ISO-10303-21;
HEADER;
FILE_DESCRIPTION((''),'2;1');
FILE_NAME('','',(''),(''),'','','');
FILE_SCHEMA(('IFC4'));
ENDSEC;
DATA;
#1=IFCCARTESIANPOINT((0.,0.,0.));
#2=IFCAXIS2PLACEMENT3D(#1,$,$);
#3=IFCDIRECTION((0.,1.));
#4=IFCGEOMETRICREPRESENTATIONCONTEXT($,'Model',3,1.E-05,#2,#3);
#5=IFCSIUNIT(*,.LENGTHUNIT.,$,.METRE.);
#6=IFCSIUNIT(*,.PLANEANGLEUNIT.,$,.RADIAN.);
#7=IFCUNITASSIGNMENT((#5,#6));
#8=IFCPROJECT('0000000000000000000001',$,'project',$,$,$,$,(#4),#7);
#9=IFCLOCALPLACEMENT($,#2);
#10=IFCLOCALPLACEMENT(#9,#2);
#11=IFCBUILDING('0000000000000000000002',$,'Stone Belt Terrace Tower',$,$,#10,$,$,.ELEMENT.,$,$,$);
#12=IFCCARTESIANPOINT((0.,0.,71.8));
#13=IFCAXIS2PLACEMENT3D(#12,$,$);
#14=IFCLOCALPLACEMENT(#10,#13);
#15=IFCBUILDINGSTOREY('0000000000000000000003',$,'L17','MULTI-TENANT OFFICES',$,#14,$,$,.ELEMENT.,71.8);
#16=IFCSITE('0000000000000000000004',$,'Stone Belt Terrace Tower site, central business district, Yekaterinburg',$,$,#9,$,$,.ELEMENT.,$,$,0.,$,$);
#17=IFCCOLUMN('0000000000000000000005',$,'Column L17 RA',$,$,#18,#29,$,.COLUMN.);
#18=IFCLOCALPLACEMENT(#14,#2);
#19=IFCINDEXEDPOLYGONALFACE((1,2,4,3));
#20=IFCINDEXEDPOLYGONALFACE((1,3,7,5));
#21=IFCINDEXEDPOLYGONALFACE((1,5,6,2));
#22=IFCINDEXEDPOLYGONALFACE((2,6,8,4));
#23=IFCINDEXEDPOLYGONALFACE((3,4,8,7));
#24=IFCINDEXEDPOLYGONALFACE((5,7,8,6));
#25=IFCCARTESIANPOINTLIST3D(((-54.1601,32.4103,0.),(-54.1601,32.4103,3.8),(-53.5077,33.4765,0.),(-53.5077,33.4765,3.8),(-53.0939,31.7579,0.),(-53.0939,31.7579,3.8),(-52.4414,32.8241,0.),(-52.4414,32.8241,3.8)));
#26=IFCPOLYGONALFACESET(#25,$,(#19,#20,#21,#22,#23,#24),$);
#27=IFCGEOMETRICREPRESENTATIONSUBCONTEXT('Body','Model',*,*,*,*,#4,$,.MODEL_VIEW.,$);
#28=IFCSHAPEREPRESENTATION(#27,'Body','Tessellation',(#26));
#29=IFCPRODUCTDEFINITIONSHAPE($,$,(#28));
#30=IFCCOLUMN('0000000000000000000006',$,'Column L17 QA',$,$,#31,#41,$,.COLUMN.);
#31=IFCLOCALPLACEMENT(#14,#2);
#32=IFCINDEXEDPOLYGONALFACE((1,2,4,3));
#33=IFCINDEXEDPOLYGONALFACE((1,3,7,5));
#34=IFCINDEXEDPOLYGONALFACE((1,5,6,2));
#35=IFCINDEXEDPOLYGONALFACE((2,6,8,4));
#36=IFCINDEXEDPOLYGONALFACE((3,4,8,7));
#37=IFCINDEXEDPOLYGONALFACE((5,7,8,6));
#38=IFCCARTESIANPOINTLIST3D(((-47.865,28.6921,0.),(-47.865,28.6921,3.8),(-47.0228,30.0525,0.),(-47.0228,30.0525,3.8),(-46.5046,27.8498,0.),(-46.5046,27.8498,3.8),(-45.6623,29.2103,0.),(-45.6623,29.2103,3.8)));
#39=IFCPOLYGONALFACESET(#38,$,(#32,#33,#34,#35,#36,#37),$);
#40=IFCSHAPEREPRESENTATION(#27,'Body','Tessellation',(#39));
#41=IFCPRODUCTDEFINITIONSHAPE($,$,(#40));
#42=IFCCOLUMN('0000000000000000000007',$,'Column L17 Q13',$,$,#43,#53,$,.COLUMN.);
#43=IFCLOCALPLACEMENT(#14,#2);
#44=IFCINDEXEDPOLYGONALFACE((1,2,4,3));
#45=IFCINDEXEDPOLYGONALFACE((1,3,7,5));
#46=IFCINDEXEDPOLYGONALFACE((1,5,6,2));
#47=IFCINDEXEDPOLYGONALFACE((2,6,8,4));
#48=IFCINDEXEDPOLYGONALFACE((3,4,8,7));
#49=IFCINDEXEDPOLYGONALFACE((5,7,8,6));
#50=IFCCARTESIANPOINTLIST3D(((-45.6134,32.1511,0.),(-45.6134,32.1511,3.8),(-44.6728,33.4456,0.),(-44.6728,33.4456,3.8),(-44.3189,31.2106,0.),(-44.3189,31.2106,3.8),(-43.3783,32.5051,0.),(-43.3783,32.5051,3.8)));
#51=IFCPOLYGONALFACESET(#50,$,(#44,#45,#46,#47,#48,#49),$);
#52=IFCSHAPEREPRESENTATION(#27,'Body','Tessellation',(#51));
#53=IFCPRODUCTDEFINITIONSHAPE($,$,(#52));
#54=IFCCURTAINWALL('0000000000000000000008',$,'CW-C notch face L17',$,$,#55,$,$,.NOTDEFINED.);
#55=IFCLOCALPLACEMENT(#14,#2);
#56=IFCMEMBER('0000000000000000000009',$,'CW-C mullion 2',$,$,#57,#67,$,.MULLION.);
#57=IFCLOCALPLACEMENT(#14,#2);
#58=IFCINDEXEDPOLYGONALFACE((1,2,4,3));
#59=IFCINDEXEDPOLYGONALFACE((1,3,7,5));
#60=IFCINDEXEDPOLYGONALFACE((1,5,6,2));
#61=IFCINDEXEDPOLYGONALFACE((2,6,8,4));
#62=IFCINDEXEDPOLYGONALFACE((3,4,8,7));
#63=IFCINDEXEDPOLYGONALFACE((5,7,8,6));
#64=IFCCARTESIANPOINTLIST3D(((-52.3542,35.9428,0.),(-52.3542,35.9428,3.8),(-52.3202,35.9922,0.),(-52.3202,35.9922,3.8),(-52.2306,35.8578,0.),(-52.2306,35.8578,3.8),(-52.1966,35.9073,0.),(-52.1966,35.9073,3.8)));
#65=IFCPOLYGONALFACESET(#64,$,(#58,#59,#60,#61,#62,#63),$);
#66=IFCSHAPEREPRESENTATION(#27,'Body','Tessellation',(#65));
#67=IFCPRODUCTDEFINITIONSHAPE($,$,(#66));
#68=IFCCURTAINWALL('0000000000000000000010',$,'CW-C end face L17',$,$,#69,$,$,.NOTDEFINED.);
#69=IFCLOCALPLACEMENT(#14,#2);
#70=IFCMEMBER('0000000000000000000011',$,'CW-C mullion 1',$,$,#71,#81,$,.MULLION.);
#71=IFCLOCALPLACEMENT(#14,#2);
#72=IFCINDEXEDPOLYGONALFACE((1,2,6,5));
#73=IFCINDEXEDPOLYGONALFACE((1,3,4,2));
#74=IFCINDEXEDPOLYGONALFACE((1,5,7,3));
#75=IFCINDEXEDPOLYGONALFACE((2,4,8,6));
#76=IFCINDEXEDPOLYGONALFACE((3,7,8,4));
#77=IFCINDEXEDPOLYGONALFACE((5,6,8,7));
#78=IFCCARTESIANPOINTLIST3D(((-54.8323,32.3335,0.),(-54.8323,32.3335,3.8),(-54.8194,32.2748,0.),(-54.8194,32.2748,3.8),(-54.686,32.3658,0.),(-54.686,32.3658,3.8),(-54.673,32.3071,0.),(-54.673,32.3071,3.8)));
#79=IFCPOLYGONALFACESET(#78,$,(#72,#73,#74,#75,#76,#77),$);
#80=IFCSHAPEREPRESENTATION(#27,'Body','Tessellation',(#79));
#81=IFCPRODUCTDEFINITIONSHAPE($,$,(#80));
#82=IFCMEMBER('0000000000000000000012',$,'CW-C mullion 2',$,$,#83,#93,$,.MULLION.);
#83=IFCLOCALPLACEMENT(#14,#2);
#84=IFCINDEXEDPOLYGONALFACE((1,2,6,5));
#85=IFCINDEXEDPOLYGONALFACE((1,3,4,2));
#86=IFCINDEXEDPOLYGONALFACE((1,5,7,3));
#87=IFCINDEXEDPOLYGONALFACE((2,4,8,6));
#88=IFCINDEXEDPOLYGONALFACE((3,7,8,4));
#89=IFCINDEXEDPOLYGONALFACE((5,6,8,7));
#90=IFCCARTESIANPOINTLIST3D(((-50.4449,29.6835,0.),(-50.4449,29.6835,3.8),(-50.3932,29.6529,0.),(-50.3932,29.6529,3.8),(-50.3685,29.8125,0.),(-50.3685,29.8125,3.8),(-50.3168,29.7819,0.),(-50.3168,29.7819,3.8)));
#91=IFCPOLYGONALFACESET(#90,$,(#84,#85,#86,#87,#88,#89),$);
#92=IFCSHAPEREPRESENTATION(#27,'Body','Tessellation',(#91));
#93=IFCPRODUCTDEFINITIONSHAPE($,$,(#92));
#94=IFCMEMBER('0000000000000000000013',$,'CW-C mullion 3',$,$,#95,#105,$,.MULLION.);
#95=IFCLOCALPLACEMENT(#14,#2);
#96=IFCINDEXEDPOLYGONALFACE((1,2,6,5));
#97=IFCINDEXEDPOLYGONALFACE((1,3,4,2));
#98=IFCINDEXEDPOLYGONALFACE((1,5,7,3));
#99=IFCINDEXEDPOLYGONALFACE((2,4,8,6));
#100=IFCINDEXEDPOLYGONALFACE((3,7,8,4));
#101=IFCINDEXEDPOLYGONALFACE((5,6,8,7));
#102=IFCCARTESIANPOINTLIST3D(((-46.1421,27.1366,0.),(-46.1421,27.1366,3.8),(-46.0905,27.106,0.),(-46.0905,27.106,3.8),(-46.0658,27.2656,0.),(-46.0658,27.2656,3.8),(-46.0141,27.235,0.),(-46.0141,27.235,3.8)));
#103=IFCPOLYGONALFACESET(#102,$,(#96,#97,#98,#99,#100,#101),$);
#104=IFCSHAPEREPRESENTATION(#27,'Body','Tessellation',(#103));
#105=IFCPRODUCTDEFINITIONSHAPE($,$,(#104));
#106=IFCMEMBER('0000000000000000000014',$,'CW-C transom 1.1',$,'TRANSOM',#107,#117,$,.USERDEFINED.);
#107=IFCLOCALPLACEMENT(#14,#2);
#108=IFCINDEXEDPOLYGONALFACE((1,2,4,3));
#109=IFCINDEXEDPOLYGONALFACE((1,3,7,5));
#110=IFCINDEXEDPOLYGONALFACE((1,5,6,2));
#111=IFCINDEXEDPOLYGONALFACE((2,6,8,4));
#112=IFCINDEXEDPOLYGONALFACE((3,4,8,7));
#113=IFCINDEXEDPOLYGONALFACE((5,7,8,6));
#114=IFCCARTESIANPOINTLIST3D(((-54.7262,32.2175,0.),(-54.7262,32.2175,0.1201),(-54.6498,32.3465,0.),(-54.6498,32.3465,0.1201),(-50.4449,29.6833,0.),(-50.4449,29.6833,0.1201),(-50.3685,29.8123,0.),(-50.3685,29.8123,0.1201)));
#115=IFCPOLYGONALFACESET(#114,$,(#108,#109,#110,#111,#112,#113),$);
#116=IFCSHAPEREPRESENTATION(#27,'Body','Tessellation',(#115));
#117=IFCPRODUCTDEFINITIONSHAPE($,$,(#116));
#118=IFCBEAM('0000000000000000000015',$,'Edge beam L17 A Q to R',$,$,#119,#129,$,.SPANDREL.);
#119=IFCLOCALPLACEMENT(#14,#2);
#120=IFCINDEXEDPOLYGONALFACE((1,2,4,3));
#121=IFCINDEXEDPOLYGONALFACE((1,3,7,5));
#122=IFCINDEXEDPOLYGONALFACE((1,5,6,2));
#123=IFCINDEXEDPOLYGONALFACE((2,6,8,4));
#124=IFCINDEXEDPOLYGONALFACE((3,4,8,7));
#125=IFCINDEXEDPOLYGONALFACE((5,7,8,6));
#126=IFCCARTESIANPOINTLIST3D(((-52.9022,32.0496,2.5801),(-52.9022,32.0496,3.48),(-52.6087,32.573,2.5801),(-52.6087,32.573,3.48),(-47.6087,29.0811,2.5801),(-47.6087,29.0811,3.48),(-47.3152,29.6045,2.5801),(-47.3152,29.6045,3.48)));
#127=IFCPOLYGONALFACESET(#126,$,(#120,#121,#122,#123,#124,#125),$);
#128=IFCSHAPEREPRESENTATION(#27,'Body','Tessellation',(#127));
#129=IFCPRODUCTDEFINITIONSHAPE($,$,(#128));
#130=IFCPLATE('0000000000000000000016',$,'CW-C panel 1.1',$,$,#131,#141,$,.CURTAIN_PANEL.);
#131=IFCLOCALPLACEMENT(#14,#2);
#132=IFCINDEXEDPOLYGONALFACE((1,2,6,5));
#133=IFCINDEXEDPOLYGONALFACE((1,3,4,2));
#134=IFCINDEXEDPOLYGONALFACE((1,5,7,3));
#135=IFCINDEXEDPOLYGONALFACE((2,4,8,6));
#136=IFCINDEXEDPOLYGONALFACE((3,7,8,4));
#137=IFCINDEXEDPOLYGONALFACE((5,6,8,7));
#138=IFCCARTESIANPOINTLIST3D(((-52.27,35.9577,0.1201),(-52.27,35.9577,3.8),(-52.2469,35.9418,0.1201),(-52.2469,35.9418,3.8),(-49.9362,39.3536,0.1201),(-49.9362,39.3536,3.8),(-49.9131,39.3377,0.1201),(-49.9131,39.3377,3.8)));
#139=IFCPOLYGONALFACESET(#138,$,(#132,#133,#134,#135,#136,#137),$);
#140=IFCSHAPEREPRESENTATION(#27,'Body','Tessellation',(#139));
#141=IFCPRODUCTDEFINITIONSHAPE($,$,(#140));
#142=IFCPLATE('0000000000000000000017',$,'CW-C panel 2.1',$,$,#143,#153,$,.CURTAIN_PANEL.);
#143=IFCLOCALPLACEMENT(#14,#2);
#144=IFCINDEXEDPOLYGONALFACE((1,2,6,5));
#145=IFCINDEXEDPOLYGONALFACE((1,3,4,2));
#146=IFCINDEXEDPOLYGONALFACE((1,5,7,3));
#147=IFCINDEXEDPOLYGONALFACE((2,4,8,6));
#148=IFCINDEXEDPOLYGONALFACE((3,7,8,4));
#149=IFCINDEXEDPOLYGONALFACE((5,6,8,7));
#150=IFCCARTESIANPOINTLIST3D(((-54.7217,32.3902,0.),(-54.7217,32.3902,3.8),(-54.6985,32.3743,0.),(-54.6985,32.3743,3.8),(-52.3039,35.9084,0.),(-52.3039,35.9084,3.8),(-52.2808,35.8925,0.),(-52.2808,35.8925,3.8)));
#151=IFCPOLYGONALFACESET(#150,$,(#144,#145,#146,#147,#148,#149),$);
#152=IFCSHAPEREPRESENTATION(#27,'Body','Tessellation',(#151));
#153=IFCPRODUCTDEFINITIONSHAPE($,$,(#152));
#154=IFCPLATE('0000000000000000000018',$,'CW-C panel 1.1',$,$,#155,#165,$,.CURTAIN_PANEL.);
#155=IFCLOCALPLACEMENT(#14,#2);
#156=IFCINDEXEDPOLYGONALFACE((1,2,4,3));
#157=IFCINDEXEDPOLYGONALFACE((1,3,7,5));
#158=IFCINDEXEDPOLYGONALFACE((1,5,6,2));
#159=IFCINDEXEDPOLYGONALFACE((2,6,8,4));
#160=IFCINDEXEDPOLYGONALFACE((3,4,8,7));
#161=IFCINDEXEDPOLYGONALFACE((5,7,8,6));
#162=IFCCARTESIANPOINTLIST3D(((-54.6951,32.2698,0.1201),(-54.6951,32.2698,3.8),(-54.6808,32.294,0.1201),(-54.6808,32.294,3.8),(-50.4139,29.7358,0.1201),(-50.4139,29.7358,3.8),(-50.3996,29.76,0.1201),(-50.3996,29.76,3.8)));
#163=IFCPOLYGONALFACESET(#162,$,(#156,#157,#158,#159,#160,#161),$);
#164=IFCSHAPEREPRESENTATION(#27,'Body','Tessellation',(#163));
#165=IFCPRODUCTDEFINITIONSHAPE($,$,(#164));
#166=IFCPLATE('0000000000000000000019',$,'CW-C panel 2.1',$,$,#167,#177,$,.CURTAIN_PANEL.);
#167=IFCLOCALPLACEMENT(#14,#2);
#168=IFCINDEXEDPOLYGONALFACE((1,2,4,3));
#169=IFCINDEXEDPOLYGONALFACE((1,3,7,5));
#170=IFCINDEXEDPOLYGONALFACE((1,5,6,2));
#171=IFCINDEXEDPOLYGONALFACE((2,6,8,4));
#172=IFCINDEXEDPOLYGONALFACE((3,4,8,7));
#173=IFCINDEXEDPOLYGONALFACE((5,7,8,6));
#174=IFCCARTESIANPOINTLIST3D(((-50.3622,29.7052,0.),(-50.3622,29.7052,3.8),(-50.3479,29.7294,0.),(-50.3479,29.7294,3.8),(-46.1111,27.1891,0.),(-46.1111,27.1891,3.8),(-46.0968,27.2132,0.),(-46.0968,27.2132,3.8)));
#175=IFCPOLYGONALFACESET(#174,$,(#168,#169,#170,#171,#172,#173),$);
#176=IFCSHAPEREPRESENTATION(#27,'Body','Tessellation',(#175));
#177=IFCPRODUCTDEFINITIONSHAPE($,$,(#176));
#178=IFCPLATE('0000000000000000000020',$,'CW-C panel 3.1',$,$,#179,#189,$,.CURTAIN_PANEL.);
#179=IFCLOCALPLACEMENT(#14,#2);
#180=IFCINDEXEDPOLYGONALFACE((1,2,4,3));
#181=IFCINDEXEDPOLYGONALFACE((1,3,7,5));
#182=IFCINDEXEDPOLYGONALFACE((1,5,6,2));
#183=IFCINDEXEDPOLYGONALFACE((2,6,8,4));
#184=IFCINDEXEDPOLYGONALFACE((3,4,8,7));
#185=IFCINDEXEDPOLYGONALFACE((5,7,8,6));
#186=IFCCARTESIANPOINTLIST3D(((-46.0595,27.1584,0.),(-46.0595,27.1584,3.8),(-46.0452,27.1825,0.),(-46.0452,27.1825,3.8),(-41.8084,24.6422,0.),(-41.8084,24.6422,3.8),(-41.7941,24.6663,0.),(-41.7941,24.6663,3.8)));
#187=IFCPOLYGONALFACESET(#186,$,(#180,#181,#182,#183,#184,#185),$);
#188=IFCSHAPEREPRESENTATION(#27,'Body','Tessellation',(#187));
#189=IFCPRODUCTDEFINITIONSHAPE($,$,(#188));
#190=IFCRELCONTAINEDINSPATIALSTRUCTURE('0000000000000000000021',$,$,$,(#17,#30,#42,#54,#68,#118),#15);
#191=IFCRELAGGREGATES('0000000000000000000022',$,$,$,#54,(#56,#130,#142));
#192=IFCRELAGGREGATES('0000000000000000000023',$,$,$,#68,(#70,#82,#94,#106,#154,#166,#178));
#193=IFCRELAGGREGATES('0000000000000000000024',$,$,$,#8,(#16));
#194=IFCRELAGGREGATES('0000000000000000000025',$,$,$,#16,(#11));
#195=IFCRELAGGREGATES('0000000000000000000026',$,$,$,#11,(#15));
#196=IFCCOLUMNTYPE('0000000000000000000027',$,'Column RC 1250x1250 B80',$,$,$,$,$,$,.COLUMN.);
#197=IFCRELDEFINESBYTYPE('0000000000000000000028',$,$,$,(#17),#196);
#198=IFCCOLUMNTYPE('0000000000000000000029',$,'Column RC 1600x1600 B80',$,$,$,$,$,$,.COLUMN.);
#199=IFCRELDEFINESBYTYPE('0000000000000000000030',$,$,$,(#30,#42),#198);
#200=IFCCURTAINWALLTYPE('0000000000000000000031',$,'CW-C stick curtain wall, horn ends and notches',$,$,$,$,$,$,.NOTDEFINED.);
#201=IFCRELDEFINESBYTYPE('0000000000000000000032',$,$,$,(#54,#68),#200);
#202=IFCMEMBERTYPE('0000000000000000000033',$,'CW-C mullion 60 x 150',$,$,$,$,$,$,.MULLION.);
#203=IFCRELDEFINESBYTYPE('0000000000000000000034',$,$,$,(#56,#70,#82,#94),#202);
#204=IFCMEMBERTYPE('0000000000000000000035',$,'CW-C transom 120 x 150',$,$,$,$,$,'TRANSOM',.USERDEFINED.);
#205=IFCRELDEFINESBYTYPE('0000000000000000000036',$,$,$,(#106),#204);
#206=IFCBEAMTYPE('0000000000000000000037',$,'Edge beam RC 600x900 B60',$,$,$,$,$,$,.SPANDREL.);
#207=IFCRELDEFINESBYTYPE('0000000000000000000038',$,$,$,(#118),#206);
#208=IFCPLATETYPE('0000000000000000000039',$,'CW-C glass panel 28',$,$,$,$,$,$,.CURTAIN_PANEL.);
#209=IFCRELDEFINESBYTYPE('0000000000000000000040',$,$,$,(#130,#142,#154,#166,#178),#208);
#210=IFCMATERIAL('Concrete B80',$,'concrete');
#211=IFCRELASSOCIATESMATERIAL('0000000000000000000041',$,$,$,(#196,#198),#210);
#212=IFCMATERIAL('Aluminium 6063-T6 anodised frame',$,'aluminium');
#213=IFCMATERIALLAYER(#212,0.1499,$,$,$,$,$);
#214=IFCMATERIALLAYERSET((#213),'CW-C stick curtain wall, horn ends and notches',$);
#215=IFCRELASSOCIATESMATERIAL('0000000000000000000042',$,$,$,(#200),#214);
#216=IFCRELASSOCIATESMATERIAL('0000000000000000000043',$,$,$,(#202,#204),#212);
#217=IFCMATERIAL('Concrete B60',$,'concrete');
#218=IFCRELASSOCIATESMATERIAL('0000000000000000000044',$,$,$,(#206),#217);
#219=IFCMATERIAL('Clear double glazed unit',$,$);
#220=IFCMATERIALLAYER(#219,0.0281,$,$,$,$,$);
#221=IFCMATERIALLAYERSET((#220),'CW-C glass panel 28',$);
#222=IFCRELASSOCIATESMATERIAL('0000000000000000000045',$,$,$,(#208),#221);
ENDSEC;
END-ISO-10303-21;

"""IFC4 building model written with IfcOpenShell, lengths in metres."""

from ifc_helpers import new_model, si_unit, direction, frame, origin, origin_2d, place, context, subcontext, project, spatial, rectangle, extrude, material, layer, layer_set, material_profile, profile_set, type_object, element, aggregate, save


model = new_model("IFC4")

# Units and contexts
model_context = context("Model", 3, precision=1e-05, world=origin(), true_north=direction((0.0, 1.0)))
body_context = subcontext(model_context, "Body", "Model", "MODEL_VIEW")
ifc_project = project(units=[si_unit("LENGTHUNIT", "METRE"), si_unit("PLANEANGLEUNIT", "RADIAN")], contexts=[model_context])

# Site, building, storey
site_placement = place(None, origin())
site = spatial("IfcSite", under=ifc_project, at=site_placement, Name="Stone Belt Terrace Tower site, central business district, Yekaterinburg", CompositionType="ELEMENT", RefElevation=0.0)
building_placement = place(site_placement, origin())
building = spatial("IfcBuilding", under=site, at=building_placement, Name="Stone Belt Terrace Tower", CompositionType="ELEMENT")
storey_placement = place(building_placement, frame((0.0, 0.0, 71.8)))
storey = spatial("IfcBuildingStorey", under=building, at=storey_placement, Name="L17", Description="MULTI-TENANT OFFICES", CompositionType="ELEMENT", Elevation=71.8)

# Columns
ifc_material_1 = material(Name="Concrete B80", Category="concrete")
ifc_material_profile_1 = material_profile(ifc_material_1, rectangle(XDim=1.25, YDim=1.25, at=origin_2d()), Name="RC 1250x1250")
ifc_profile_set_1 = profile_set([ifc_material_profile_1], Name="Concrete B80")
column_type_1 = type_object("IfcColumnType", Name="Column RC 1250x1250 B80", PredefinedType="COLUMN", material=ifc_profile_set_1)
column_placement = place(storey_placement, frame((-53.3008, 32.6172, 0.0), z_axis=(0.0, 0.0, 1.0), x_axis=(0.521967, 0.852966, 0.0)))
element("IfcColumn", 1, at=column_placement, inside=storey, type_object=column_type_1, Name="Column L17 RA", PredefinedType="COLUMN", context=body_context, shape_type="SweptSolid", body=[
    extrude(rectangle(XDim=1.25, YDim=1.25, at=origin_2d()), origin(), (0.0, 0.0, 1.0), 3.8),
])
ifc_material_profile_2 = material_profile(ifc_material_1, rectangle(XDim=1.6001, YDim=1.6001, at=origin_2d()), Name="RC 1600x1600")
ifc_profile_set_2 = profile_set([ifc_material_profile_2], Name="Concrete B80")
column_type_2 = type_object("IfcColumnType", Name="Column RC 1600x1600 B80", PredefinedType="COLUMN", material=ifc_profile_set_2)
for number, where, z_axis, x_axis, name in (
    (2, (-46.7637, 28.9512, 0.0), (0.0, 0.0, 1.0), (0.526383, 0.850248, 0.0), "Column L17 QA"),
    (3, (-44.4958, 32.3281, 0.0), (0.0, 0.0, 1.0), (0.587785, 0.809017, 0.0), "Column L17 Q13"),
):
    element("IfcColumn", number, at=place(storey_placement, frame(where, z_axis=z_axis, x_axis=x_axis)), inside=storey, type_object=column_type_2, Name=name, PredefinedType="COLUMN", context=body_context, shape_type="SweptSolid", body=[
        extrude(rectangle(XDim=1.6001, YDim=1.6001, at=origin_2d()), origin(), (0.0, 0.0, 1.0), 3.8),
    ])

# Curtain wall, member
ifc_material_2 = material(Name="Aluminium 6063-T6 anodised frame", Category="aluminium")
ifc_layer_1 = layer(ifc_material_2, 0.1499)
ifc_layer_set_1 = layer_set([ifc_layer_1], Name="CW-C stick curtain wall, horn ends and notches")
curtain_wall_type = type_object("IfcCurtainWallType", Name="CW-C stick curtain wall, horn ends and notches", PredefinedType="NOTDEFINED", material=ifc_layer_set_1)
curtain_wall_1_placement = place(storey_placement, origin())
curtain_wall_1 = element("IfcCurtainWall", 4, at=curtain_wall_1_placement, inside=storey, type_object=curtain_wall_type, Name="CW-C notch face L17", PredefinedType="NOTDEFINED")
ifc_material_profile_3 = material_profile(ifc_material_2, rectangle(XDim=0.1499, YDim=0.0601, at=origin_2d()), Name="Aluminium 6063-T6 60x150")
ifc_profile_set_3 = profile_set([ifc_material_profile_3], Name="Aluminium 6063-T6 anodised frame")
member_type_1 = type_object("IfcMemberType", Name="CW-C mullion 60 x 150", PredefinedType="MULLION", material=ifc_profile_set_3)
member_1_placement = place(storey_placement, frame((-52.2754, 35.925, 0.0), z_axis=(0.0, 0.0, 1.0), x_axis=(0.824147, -0.566376, 0.0)))
member_1 = element("IfcMember", 5, at=member_1_placement, type_object=member_type_1, Name="CW-C mullion 2", PredefinedType="MULLION", context=body_context, shape_type="SweptSolid", body=[
    extrude(rectangle(XDim=0.1499, YDim=0.0601, at=origin_2d()), origin(), (0.0, 0.0, 1.0), 3.8),
])

# Curtain wall, members
curtain_wall_2_placement = place(storey_placement, origin())
curtain_wall_2 = element("IfcCurtainWall", 6, at=curtain_wall_2_placement, inside=storey, type_object=curtain_wall_type, Name="CW-C end face L17", PredefinedType="NOTDEFINED")
member_2_placement = place(storey_placement, frame((-54.7527, 32.3203, 0.0), z_axis=(0.0, 0.0, 1.0), x_axis=(0.97652, 0.215429, 0.0)))
member_2 = element("IfcMember", 7, at=member_2_placement, type_object=member_type_1, Name="CW-C mullion 1", PredefinedType="MULLION", context=body_context, shape_type="SweptSolid", body=[
    extrude(rectangle(XDim=0.1499, YDim=0.0601, at=origin_2d()), origin(), (0.0, 0.0, 1.0), 3.8),
])
member_3_placement = place(storey_placement, frame((-50.3809, 29.7327, 0.0), z_axis=(0.0, 0.0, 1.0), x_axis=(0.509353, 0.860558, 0.0)))
member_3 = element("IfcMember", 8, at=member_3_placement, type_object=member_type_1, Name="CW-C mullion 2", PredefinedType="MULLION", context=body_context, shape_type="SweptSolid", body=[
    extrude(rectangle(XDim=0.1499, YDim=0.0601, at=origin_2d()), origin(), (0.0, 0.0, 1.0), 3.8),
])
member_4_placement = place(storey_placement, frame((-46.0781, 27.1858, 0.0), z_axis=(0.0, 0.0, 1.0), x_axis=(0.509353, 0.860558, 0.0)))
member_4 = element("IfcMember", 9, at=member_4_placement, type_object=member_type_1, Name="CW-C mullion 3", PredefinedType="MULLION", context=body_context, shape_type="SweptSolid", body=[
    extrude(rectangle(XDim=0.1499, YDim=0.0601, at=origin_2d()), origin(), (0.0, 0.0, 1.0), 3.8),
])
ifc_material_profile_4 = material_profile(ifc_material_2, rectangle(XDim=0.1499, YDim=0.1201, at=origin_2d()), Name="Aluminium 6063-T6 150x120")
ifc_profile_set_4 = profile_set([ifc_material_profile_4], Name="Aluminium 6063-T6 anodised frame")
member_type_2 = type_object("IfcMemberType", Name="CW-C transom 120 x 150", ElementType="TRANSOM", PredefinedType="USERDEFINED", material=ifc_profile_set_4)
member_5_placement = place(storey_placement, frame((-54.688, 32.282, 0.0601), z_axis=(0.860543, -0.509377, 0.0), x_axis=(0.509377, 0.860543, 0.0)))
member_5 = element("IfcMember", 10, at=member_5_placement, type_object=member_type_2, Name="CW-C transom 1.1", ObjectType="TRANSOM", PredefinedType="USERDEFINED", context=body_context, shape_type="SweptSolid", body=[
    extrude(rectangle(XDim=0.1499, YDim=0.1201, at=origin_2d()), origin(), (0.0, 0.0, 1.0), 4.9751),
])

# Beam
ifc_material_3 = material(Name="Concrete B60", Category="concrete")
ifc_material_profile_5 = material_profile(ifc_material_3, rectangle(XDim=0.6001, YDim=0.8999, at=origin_2d()), Name="RC 600x900")
ifc_profile_set_5 = profile_set([ifc_material_profile_5], Name="Concrete B60")
beam_type = type_object("IfcBeamType", Name="Edge beam RC 600x900 B60", PredefinedType="SPANDREL", material=ifc_profile_set_5)
beam_placement = place(storey_placement, frame((-47.4619, 29.3428, 3.03), z_axis=(-0.872213, 0.489126, 0.0), x_axis=(-0.489126, -0.872213, 0.0)))
element("IfcBeam", 11, at=beam_placement, inside=storey, type_object=beam_type, Name="Edge beam L17 A Q to R", PredefinedType="SPANDREL", context=body_context, shape_type="SweptSolid", body=[
    extrude(rectangle(XDim=0.6001, YDim=0.8999, at=origin_2d()), origin(), (0.0, 0.0, 1.0), 6.0691),
])

# Plates
ifc_material_4 = material(Name="Clear double glazed unit")
ifc_layer_2 = layer(ifc_material_4, 0.0281)
ifc_layer_set_2 = layer_set([ifc_layer_2], Name="CW-C glass panel 28")
plate_type = type_object("IfcPlateType", Name="CW-C glass panel 28", PredefinedType="CURTAIN_PANEL", material=ifc_layer_set_2)
plate_1_placement = place(storey_placement, frame((-51.0916, 37.6477, 0.1201), z_axis=(0.0, 0.0, 1.0), x_axis=(-0.566376, -0.824147, 0.0)))
plate_1 = element("IfcPlate", 12, at=plate_1_placement, type_object=plate_type, Name="CW-C panel 1.1", PredefinedType="CURTAIN_PANEL", context=body_context, shape_type="SweptSolid", body=[
    extrude(rectangle(XDim=4.1206, YDim=0.0281, at=origin_2d()), origin(), (0.0, 0.0, 1.0), 3.6799),
])
plate_2_placement = place(storey_placement, frame((-53.5012, 34.1414, 0.0), z_axis=(0.0, 0.0, 1.0), x_axis=(-0.566376, -0.824147, 0.0)))
plate_2 = element("IfcPlate", 13, at=plate_2_placement, type_object=plate_type, Name="CW-C panel 2.1", PredefinedType="CURTAIN_PANEL", context=body_context, shape_type="SweptSolid", body=[
    extrude(rectangle(XDim=4.2688, YDim=0.0281, at=origin_2d()), origin(), (0.0, 0.0, 1.0), 3.8),
])
aggregate(curtain_wall_1, [member_1, plate_1, plate_2])
plate_3_placement = place(storey_placement, frame((-52.5474, 31.0149, 0.1201), z_axis=(0.0, 0.0, 1.0), x_axis=(0.860558, -0.509353, 0.0)))
plate_3 = element("IfcPlate", 14, at=plate_3_placement, type_object=plate_type, Name="CW-C panel 1.1", PredefinedType="CURTAIN_PANEL", context=body_context, shape_type="SweptSolid", body=[
    extrude(rectangle(XDim=4.9749, YDim=0.0281, at=origin_2d()), origin(), (0.0, 0.0, 1.0), 3.6799),
])
plate_4_placement = place(storey_placement, frame((-48.2295, 28.4592, 0.0), z_axis=(0.0, 0.0, 1.0), x_axis=(0.860558, -0.509353, 0.0)))
plate_4 = element("IfcPlate", 15, at=plate_4_placement, type_object=plate_type, Name="CW-C panel 2.1", PredefinedType="CURTAIN_PANEL", context=body_context, shape_type="SweptSolid", body=[
    extrude(rectangle(XDim=4.9399, YDim=0.0281, at=origin_2d()), origin(), (0.0, 0.0, 1.0), 3.8),
])
plate_5_placement = place(storey_placement, frame((-43.9268, 25.9124, 0.0), z_axis=(0.0, 0.0, 1.0), x_axis=(0.860558, -0.509353, 0.0)))
plate_5 = element("IfcPlate", 16, at=plate_5_placement, type_object=plate_type, Name="CW-C panel 3.1", PredefinedType="CURTAIN_PANEL", context=body_context, shape_type="SweptSolid", body=[
    extrude(rectangle(XDim=4.9399, YDim=0.0281, at=origin_2d()), origin(), (0.0, 0.0, 1.0), 3.8),
])
aggregate(curtain_wall_2, [member_2, member_3, member_4, member_5, plate_3, plate_4, plate_5])

save(model, "model.ifc")
